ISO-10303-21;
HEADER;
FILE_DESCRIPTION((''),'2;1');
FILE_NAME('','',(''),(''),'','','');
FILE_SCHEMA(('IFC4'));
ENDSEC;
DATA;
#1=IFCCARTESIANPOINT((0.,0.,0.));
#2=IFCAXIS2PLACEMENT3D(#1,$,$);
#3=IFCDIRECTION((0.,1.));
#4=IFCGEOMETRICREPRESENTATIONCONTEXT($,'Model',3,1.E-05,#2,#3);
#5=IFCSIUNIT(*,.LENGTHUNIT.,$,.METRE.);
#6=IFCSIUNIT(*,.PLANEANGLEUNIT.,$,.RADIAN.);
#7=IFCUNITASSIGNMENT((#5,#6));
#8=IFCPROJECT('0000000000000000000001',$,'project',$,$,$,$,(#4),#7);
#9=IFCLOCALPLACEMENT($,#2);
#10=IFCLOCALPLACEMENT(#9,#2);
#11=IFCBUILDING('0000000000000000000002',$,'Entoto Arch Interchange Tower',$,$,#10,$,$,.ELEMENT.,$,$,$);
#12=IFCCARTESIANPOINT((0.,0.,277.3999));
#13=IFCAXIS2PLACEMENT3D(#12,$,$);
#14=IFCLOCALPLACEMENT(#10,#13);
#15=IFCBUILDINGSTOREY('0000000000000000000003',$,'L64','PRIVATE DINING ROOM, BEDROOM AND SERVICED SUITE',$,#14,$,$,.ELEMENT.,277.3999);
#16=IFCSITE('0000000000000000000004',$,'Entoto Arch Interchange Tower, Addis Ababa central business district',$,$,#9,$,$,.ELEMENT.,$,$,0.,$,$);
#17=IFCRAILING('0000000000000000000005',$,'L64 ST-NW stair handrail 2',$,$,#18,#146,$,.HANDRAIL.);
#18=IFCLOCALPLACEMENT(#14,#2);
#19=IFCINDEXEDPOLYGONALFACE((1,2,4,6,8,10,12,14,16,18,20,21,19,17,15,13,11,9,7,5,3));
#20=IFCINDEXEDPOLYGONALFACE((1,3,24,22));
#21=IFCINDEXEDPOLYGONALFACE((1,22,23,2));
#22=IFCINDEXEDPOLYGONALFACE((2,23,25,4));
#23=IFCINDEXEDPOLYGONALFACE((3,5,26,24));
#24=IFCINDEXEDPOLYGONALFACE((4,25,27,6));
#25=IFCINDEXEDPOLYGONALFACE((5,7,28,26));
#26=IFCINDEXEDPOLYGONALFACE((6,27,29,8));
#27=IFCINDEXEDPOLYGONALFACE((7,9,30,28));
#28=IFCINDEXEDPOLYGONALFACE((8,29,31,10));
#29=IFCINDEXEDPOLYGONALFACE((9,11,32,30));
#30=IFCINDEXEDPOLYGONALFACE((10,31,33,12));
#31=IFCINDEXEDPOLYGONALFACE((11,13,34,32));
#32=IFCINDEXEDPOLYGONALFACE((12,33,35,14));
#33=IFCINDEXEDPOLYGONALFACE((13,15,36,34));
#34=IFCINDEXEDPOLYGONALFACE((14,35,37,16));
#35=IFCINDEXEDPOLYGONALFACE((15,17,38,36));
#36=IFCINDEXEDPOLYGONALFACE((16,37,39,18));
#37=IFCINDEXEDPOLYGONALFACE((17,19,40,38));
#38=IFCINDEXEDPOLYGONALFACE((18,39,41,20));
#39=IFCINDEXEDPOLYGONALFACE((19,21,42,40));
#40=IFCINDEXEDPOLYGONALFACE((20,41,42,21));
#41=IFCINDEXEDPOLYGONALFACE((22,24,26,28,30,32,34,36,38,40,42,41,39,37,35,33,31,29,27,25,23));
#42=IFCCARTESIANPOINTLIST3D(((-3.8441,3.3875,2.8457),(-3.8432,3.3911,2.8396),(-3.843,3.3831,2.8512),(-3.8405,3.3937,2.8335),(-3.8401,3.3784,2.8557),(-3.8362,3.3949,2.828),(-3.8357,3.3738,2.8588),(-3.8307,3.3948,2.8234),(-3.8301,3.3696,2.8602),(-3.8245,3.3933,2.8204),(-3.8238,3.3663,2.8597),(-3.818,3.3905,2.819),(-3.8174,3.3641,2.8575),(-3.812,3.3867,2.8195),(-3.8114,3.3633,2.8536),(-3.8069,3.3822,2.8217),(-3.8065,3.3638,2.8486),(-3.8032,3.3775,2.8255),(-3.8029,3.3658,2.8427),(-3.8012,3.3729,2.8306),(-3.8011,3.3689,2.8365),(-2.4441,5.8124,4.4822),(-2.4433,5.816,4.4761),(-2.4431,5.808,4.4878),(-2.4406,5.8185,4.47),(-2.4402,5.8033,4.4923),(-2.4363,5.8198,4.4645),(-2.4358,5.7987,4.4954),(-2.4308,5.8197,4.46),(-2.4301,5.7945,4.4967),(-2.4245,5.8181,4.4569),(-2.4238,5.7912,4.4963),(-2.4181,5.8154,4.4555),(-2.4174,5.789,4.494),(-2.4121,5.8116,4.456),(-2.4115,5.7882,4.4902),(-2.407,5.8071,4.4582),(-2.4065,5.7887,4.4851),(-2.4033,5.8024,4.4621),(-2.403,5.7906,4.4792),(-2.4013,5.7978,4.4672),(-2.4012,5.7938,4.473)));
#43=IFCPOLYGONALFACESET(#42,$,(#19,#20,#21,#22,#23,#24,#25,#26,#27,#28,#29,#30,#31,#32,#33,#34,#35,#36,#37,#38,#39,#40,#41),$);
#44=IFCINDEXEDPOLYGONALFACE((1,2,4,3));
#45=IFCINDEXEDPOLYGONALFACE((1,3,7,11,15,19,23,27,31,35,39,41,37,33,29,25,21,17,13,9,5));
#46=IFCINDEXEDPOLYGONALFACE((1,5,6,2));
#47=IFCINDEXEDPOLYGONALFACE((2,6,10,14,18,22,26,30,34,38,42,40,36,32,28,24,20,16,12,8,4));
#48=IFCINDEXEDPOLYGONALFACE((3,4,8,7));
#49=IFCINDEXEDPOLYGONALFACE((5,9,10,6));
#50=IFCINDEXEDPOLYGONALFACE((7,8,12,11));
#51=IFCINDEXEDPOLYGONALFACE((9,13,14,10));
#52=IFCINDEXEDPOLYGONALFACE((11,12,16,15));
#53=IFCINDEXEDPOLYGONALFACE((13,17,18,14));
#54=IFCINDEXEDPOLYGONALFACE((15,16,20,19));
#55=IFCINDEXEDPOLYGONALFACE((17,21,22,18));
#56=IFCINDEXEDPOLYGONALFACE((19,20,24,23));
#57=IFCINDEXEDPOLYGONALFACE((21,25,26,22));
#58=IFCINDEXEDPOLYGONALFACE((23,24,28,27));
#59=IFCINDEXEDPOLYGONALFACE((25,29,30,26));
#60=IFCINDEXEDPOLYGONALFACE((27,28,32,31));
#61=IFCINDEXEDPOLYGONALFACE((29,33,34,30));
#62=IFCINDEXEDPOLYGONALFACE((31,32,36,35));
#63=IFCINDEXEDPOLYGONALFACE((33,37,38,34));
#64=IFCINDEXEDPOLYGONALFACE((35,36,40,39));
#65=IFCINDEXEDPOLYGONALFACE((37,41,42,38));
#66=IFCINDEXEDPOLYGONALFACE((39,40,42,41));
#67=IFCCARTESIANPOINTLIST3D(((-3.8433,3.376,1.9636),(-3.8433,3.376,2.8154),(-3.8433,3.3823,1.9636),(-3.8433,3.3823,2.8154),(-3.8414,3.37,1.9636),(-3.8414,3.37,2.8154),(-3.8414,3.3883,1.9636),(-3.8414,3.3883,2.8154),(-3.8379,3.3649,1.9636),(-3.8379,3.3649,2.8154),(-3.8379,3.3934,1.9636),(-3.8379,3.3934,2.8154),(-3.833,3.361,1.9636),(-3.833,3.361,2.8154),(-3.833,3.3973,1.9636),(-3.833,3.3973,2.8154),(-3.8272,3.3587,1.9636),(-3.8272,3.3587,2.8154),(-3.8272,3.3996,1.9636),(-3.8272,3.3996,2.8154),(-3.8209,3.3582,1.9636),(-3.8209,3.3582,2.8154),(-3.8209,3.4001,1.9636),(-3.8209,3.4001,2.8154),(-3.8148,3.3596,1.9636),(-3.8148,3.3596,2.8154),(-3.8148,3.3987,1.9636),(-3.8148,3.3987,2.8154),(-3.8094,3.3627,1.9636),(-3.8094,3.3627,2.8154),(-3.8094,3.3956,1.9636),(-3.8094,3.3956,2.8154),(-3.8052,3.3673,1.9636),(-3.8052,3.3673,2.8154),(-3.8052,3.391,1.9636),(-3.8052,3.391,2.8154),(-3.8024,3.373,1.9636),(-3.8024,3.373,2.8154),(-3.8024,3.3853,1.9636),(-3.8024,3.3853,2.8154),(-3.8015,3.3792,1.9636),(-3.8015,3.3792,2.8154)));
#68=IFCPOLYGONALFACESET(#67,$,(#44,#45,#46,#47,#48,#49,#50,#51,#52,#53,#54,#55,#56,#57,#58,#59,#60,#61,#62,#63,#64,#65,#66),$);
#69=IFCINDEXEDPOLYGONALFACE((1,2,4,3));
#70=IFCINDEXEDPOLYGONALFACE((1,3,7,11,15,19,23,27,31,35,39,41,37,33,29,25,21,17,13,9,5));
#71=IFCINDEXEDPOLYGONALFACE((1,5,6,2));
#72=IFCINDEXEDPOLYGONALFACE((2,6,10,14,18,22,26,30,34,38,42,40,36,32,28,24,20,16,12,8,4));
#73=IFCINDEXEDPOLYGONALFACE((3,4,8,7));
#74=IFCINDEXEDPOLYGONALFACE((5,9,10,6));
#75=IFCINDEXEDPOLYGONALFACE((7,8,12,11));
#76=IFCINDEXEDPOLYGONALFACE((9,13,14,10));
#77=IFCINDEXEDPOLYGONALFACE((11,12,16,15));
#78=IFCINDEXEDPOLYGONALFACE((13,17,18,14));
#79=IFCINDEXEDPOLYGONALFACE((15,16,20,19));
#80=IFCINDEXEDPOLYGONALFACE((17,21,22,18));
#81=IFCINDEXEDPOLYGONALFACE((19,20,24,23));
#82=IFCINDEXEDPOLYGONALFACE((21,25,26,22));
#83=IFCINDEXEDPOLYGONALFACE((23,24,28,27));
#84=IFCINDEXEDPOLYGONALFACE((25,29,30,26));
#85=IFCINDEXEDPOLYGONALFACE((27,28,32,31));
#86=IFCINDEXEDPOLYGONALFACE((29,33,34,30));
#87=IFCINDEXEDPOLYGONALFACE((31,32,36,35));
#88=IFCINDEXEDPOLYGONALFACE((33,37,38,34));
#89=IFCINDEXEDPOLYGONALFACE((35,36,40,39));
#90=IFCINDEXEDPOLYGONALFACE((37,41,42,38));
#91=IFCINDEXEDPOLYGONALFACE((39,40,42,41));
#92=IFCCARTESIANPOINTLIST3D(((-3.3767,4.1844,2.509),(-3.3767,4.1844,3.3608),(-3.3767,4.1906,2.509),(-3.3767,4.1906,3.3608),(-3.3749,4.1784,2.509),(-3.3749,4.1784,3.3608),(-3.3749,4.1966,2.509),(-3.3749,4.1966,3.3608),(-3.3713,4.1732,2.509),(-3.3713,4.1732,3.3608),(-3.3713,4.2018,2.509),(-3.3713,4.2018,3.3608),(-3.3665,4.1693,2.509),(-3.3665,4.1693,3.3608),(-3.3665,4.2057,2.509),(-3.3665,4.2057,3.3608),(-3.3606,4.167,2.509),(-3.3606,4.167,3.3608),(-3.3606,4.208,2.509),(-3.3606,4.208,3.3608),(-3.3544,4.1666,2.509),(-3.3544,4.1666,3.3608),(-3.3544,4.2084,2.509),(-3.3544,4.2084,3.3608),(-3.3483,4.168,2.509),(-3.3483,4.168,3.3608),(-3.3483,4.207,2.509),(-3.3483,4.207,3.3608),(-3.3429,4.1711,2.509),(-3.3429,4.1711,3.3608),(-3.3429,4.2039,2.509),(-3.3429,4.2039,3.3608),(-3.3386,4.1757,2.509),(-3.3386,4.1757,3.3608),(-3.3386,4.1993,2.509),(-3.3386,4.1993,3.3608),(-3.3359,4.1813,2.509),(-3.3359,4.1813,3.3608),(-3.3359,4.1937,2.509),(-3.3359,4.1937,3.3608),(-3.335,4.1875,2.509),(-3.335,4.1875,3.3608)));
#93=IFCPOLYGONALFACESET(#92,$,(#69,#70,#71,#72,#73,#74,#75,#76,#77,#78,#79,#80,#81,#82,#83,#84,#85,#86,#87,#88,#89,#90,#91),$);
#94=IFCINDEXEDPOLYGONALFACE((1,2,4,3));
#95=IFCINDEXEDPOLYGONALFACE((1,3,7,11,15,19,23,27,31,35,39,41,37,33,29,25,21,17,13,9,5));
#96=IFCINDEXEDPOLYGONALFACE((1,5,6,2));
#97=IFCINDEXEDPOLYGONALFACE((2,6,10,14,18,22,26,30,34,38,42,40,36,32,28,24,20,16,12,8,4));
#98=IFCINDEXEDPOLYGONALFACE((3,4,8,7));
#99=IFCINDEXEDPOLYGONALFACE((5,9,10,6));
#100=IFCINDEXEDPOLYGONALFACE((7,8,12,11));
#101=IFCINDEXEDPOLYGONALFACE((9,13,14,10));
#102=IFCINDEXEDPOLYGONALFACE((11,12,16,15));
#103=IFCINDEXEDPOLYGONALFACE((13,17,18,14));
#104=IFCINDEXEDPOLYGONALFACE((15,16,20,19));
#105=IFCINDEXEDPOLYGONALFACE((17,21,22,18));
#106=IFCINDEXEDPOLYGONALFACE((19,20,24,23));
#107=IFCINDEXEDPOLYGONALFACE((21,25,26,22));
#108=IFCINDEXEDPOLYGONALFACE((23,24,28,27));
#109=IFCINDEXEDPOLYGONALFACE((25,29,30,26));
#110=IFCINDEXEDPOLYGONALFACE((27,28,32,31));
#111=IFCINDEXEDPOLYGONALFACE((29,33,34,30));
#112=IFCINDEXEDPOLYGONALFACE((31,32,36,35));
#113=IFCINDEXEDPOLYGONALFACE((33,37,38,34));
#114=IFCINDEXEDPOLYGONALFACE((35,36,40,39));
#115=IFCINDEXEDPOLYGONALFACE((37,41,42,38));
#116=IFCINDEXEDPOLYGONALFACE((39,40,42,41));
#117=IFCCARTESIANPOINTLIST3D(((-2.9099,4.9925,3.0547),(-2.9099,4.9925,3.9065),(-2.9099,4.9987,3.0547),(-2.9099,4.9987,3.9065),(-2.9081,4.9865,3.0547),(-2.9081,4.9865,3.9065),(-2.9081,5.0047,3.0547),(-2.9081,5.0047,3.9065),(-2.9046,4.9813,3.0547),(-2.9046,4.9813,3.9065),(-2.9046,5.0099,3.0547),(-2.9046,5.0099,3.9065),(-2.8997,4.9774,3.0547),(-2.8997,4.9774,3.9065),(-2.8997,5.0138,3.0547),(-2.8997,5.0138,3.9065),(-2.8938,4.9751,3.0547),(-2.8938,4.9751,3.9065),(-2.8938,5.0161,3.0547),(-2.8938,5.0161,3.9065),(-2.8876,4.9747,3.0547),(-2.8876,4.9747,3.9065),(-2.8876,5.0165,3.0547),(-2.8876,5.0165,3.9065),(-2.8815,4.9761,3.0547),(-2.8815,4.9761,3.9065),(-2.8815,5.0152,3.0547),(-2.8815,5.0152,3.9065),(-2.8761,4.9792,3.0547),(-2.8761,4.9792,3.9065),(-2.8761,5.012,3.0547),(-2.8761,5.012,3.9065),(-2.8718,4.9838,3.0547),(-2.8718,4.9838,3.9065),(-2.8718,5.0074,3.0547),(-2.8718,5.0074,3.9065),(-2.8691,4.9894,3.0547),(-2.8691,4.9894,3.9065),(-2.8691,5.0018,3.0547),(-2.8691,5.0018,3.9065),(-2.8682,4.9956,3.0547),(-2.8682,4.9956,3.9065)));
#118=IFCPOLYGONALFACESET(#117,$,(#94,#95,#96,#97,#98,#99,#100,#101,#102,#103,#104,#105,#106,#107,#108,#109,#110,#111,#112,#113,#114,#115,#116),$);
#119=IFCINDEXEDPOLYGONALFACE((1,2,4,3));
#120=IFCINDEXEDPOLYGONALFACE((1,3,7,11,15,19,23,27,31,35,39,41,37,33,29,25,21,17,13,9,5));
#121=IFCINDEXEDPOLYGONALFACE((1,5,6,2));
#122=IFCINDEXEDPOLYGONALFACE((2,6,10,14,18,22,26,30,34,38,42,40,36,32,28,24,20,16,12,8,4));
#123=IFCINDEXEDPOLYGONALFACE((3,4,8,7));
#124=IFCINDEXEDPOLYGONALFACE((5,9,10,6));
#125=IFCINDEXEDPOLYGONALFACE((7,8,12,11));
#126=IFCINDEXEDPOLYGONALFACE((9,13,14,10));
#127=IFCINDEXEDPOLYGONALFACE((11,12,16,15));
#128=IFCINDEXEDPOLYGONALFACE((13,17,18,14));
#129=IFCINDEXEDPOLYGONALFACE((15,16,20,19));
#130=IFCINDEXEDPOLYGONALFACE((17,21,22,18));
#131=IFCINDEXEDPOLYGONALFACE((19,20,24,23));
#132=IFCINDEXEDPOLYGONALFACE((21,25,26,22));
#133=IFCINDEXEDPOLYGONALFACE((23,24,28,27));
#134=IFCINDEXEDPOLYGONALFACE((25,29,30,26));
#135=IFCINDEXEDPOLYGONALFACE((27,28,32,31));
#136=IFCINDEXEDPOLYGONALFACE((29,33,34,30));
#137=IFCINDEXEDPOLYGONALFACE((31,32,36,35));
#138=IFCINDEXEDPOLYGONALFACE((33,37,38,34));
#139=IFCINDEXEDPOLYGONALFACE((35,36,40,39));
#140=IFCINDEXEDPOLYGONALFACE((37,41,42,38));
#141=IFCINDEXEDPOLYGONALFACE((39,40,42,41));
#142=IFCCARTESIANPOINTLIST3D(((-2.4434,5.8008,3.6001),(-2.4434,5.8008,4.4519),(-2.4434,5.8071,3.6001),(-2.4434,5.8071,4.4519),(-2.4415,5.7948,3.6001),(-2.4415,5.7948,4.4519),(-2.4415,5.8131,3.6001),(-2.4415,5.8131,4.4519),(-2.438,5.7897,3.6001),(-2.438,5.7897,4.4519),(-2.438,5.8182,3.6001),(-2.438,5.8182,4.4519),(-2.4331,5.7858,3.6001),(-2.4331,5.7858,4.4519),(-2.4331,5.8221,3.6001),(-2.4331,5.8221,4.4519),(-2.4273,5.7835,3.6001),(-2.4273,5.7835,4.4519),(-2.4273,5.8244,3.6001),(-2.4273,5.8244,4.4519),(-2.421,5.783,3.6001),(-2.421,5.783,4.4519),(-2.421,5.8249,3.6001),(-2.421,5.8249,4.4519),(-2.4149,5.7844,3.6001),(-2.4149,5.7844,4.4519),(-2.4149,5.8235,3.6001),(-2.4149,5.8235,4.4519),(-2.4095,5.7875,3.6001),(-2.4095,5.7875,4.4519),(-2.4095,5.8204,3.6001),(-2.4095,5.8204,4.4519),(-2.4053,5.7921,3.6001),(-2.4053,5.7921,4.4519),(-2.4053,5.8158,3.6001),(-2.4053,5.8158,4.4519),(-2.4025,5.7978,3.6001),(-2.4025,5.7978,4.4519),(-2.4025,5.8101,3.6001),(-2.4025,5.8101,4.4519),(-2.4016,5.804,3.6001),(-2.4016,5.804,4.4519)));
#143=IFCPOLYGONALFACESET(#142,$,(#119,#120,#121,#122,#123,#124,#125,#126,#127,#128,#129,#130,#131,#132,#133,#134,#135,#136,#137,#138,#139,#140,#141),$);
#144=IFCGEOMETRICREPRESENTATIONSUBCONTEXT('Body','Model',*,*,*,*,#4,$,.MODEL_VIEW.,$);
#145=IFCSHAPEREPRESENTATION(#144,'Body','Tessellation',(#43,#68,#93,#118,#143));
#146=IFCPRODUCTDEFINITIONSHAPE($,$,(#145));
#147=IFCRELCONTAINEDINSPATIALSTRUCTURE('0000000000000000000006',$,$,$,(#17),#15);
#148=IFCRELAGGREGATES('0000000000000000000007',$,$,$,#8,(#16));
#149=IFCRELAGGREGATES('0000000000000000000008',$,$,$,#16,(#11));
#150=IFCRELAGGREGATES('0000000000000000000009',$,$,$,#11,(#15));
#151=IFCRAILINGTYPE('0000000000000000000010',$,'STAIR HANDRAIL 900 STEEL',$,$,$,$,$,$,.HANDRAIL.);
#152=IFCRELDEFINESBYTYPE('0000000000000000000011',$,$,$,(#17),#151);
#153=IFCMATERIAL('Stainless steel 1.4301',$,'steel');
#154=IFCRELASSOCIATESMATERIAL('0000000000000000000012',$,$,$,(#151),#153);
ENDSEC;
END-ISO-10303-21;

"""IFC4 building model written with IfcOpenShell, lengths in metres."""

from ifc_helpers import new_model, si_unit, direction, frame, origin, origin_2d, place, context, subcontext, project, spatial, circle, extrude, material, type_object, element, save


model = new_model("IFC4")

# Units and contexts
model_context = context("Model", 3, precision=1e-05, world=origin(), true_north=direction((0.0, 1.0)))
body_context = subcontext(model_context, "Body", "Model", "MODEL_VIEW")
ifc_project = project(units=[si_unit("LENGTHUNIT", "METRE"), si_unit("PLANEANGLEUNIT", "RADIAN")], contexts=[model_context])

# Site, building, storey
site_placement = place(None, origin())
site = spatial("IfcSite", under=ifc_project, at=site_placement, Name="Entoto Arch Interchange Tower, Addis Ababa central business district", CompositionType="ELEMENT", RefElevation=0.0)
building_placement = place(site_placement, origin())
building = spatial("IfcBuilding", under=site, at=building_placement, Name="Entoto Arch Interchange Tower", CompositionType="ELEMENT")
storey_placement = place(building_placement, frame((0.0, 0.0, 277.3999)))
storey = spatial("IfcBuildingStorey", under=building, at=storey_placement, Name="L64", Description="PRIVATE DINING ROOM, BEDROOM AND SERVICED SUITE", CompositionType="ELEMENT", Elevation=277.3999)

# Railing
ifc_material_1 = material(Name="Stainless steel 1.4301", Category="steel")
railing_type_1 = type_object("IfcRailingType", Name="STAIR HANDRAIL 900 STEEL", PredefinedType="HANDRAIL", material=ifc_material_1)
railing_1_placement = place(storey_placement, frame((-3.8225, 3.3792, 1.9636)))
element("IfcRailing", 1, at=railing_1_placement, inside=storey, type_object=railing_type_1, Name="L64 ST-NW stair handrail 2", PredefinedType="HANDRAIL", context=body_context, shape_type="SweptSolid", body=[
    extrude(circle(Radius=0.0239, at=origin_2d()), frame((0.0, 0.0, 0.876), z_axis=(0.431661, 0.74769, 0.504608), x_axis=(-0.866035, 0.499984, 0.0)), (0.0, 0.0, 1.0), 3.2432),
    extrude(circle(Radius=0.021, at=origin_2d()), origin(), (0.0, 0.0, 1.0), 0.8518),
    extrude(circle(Radius=0.021, at=origin_2d()), frame((0.4666, 0.8083, 0.5454)), (0.0, 0.0, 1.0), 0.8518),
    extrude(circle(Radius=0.021, at=origin_2d()), frame((0.9333, 1.6165, 1.0911)), (0.0, 0.0, 1.0), 0.8518),
    extrude(circle(Radius=0.021, at=origin_2d()), frame((1.3999, 2.4248, 1.6365)), (0.0, 0.0, 1.0), 0.8518),
])

save(model, "model.ifc")
